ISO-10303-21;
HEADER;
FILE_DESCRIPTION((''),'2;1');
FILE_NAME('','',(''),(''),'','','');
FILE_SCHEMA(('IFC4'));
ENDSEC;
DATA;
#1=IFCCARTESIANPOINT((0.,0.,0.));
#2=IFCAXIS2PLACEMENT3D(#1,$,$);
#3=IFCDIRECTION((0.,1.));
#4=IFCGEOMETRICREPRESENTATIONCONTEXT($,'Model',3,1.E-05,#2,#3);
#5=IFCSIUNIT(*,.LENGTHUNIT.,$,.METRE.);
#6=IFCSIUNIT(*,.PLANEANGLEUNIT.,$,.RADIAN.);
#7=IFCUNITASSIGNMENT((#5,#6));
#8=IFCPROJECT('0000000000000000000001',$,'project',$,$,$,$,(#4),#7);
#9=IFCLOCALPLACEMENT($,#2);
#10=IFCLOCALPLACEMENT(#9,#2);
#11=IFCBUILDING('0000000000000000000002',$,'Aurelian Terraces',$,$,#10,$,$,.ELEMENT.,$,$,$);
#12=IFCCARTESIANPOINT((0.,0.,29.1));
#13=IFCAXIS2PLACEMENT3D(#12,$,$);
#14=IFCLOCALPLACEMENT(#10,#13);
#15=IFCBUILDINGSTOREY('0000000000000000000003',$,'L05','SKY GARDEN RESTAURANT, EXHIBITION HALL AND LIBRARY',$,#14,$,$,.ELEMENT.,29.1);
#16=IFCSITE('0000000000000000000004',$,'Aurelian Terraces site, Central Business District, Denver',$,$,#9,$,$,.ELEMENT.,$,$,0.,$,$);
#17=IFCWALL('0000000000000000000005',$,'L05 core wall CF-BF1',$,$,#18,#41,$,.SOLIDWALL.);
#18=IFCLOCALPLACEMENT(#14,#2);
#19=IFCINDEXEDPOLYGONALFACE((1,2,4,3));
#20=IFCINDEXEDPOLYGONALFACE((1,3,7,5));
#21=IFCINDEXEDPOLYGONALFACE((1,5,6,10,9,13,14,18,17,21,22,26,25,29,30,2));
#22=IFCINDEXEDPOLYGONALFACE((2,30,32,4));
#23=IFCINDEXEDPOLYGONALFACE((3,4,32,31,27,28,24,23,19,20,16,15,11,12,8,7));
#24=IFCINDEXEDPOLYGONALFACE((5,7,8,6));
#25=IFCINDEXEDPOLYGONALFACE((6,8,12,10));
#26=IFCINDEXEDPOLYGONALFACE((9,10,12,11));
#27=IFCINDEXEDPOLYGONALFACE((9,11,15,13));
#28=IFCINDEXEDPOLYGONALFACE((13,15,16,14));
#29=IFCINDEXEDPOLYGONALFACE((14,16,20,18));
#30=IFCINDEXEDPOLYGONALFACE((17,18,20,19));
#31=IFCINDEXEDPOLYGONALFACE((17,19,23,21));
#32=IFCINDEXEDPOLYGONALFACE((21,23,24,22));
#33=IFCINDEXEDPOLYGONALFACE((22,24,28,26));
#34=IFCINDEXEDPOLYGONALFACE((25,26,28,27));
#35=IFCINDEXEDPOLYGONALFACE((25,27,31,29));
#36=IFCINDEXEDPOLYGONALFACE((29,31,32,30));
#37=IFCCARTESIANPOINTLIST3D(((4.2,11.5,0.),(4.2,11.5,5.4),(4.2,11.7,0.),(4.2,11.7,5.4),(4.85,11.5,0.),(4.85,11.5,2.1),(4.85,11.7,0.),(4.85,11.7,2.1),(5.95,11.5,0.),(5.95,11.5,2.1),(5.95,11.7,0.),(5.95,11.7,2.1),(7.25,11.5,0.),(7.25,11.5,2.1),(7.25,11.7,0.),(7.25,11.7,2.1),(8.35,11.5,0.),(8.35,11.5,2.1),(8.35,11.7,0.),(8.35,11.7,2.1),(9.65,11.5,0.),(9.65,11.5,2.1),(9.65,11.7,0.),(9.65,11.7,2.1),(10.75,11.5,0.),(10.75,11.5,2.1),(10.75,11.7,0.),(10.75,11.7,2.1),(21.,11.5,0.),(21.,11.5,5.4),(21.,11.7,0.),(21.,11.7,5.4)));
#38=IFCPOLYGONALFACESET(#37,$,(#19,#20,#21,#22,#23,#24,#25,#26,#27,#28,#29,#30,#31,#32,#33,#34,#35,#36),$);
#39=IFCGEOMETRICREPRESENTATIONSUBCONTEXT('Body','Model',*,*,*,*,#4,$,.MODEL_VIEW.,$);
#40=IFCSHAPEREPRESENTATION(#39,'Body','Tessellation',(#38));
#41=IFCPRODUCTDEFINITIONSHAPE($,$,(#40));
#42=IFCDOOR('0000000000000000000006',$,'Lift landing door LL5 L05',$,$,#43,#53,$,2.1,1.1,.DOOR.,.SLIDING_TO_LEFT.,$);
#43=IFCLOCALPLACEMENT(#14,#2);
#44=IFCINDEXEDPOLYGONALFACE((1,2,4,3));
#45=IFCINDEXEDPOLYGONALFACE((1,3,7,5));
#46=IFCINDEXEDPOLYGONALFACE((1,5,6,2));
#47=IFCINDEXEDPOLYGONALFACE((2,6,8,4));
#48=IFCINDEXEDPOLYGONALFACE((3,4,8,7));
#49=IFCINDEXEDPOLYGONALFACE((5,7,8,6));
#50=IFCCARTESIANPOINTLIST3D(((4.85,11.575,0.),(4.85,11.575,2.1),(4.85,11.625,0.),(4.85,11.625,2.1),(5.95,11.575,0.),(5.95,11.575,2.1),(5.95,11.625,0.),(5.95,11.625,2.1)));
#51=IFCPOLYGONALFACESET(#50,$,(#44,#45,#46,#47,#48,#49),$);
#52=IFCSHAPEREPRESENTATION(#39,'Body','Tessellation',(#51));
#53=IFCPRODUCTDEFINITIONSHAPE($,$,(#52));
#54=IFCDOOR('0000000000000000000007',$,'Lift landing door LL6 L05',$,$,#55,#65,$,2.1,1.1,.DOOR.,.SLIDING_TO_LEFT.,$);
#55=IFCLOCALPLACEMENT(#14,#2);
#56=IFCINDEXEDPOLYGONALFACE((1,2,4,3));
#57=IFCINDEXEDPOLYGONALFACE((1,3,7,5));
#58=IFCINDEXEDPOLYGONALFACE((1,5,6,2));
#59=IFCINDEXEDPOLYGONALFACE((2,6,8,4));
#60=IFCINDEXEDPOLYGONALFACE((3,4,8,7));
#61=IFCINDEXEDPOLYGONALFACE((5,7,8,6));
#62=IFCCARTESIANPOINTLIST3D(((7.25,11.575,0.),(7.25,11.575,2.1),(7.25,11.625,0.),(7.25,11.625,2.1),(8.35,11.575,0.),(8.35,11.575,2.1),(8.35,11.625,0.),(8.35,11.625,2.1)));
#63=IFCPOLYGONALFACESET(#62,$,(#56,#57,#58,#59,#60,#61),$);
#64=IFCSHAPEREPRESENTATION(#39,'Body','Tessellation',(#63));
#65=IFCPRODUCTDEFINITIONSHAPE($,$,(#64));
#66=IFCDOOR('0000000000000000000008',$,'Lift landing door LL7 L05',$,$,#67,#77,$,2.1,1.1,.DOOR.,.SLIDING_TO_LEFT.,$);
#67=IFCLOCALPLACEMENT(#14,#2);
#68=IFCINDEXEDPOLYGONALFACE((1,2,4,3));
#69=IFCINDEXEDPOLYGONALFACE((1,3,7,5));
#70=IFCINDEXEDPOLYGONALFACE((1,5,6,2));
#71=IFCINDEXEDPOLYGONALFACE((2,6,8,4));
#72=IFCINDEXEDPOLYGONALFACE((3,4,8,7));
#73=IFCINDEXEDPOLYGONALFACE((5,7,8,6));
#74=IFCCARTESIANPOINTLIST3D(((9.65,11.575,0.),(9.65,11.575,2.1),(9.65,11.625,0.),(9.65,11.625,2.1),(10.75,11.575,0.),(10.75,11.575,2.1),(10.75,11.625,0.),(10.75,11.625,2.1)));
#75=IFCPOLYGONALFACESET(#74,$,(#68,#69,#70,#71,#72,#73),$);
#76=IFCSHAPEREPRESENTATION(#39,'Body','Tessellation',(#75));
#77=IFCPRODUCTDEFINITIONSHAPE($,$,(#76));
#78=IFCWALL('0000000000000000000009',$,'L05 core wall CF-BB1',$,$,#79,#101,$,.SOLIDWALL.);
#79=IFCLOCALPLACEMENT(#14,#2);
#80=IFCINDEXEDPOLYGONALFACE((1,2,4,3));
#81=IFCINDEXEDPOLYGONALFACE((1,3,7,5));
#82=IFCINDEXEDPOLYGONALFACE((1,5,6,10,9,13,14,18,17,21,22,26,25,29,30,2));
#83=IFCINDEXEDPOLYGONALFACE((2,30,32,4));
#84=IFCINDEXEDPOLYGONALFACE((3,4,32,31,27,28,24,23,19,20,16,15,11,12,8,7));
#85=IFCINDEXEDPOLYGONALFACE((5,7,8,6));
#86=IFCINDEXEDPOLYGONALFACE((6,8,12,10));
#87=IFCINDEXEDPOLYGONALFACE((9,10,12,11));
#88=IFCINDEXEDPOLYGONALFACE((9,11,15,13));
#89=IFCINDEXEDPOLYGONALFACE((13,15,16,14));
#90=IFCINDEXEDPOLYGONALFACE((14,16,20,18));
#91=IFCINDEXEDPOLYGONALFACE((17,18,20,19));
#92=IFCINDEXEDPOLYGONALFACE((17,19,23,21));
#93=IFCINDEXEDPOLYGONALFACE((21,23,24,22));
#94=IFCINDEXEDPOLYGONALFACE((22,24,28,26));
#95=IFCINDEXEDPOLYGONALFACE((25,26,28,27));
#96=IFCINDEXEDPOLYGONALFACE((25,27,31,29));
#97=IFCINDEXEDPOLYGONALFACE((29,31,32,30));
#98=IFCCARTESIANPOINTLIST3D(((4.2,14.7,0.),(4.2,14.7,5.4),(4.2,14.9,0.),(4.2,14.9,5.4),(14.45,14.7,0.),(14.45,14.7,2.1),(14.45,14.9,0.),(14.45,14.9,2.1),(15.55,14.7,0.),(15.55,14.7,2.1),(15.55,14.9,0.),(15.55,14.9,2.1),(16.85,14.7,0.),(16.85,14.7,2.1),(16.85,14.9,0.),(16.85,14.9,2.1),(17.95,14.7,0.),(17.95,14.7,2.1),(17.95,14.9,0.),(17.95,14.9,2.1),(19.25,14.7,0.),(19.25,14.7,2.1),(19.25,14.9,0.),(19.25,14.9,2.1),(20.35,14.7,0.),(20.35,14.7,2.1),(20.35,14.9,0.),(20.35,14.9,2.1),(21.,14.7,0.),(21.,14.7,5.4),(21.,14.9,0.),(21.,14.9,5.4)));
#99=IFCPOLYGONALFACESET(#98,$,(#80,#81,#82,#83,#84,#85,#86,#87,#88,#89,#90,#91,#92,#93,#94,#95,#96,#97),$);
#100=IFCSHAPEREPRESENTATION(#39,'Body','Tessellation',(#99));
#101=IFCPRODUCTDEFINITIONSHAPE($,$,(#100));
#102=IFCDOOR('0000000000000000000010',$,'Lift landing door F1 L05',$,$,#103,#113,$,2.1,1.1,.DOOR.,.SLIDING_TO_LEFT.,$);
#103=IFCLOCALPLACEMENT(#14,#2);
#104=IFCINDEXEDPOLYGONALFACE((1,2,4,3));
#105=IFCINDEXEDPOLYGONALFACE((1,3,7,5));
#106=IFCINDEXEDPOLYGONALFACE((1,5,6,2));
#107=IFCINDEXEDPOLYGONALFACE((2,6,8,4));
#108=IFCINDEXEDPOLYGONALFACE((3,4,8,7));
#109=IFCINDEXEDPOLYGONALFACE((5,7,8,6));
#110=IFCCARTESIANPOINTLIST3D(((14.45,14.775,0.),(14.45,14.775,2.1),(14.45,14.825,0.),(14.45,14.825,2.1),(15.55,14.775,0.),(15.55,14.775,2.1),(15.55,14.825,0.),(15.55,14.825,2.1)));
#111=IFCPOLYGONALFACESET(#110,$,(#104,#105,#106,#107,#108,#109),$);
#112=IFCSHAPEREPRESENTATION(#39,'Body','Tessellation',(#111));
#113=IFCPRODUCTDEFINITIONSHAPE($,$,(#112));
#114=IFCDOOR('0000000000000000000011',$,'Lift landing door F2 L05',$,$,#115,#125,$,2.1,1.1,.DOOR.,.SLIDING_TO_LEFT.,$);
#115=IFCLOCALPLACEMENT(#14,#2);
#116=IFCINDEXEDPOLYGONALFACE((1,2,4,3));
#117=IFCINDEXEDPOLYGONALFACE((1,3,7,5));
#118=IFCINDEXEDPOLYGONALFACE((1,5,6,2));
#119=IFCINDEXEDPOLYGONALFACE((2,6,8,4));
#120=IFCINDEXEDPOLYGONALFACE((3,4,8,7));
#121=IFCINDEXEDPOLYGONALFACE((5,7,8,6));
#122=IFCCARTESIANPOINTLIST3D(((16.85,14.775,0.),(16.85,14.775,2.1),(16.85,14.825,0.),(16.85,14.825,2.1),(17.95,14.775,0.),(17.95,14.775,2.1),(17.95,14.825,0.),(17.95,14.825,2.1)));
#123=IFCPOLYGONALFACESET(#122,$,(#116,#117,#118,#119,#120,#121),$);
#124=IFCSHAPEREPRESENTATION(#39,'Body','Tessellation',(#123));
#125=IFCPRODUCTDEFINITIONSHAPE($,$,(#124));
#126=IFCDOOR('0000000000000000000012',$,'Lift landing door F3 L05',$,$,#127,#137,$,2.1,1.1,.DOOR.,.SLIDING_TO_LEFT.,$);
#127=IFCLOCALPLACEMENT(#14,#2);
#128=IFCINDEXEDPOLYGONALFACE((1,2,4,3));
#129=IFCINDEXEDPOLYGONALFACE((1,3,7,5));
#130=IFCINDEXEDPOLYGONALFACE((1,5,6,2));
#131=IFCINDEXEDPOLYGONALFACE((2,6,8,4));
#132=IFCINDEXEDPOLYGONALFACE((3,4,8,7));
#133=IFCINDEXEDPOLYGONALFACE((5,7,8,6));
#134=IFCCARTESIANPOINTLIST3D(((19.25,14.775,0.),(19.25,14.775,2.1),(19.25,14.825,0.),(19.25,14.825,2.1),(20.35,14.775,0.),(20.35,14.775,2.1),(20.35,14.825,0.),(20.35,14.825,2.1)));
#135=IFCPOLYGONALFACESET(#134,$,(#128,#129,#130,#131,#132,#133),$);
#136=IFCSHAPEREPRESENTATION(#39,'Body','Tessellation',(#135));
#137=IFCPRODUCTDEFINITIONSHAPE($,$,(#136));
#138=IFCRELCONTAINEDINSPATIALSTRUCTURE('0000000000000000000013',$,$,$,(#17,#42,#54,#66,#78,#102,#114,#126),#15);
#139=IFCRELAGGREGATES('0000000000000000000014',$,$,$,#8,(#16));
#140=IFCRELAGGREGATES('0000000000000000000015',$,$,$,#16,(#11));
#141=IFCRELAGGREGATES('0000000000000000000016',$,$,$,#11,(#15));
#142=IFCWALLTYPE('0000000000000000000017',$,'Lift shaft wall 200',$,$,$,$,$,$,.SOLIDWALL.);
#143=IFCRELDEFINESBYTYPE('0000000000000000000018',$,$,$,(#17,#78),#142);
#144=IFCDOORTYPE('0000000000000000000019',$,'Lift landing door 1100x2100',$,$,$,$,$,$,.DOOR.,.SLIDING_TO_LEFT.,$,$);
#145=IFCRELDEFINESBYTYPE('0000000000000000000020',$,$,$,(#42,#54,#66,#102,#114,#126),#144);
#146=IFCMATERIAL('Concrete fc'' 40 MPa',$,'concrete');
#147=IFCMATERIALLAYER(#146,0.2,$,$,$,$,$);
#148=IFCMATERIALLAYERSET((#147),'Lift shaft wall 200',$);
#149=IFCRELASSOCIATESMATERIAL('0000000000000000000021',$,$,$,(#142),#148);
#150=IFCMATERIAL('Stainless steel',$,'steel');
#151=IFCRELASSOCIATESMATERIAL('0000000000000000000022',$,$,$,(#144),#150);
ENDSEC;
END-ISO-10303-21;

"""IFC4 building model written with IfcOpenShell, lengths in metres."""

from ifc_helpers import new_model, si_unit, direction, frame, frame_2d, origin, place, context, subcontext, project, spatial, rectangle, extrude, source, transform, mapped, material, layer, layer_set, type_object, element, fill, save


model = new_model("IFC4")

# Units and contexts
model_context = context("Model", 3, precision=1e-05, world=origin(), true_north=direction((0.0, 1.0)))
body_context = subcontext(model_context, "Body", "Model", "MODEL_VIEW")
ifc_project = project(units=[si_unit("LENGTHUNIT", "METRE"), si_unit("PLANEANGLEUNIT", "RADIAN")], contexts=[model_context])

# Site, building, storey
site_placement = place(None, origin())
site = spatial("IfcSite", under=ifc_project, at=site_placement, Name="Aurelian Terraces site, Central Business District, Denver", CompositionType="ELEMENT", RefElevation=0.0)
building_placement = place(site_placement, origin())
building = spatial("IfcBuilding", under=site, at=building_placement, Name="Aurelian Terraces", CompositionType="ELEMENT")
storey_placement = place(building_placement, frame((0.0, 0.0, 29.1)))
storey = spatial("IfcBuildingStorey", under=building, at=storey_placement, Name="L05", Description="SKY GARDEN RESTAURANT, EXHIBITION HALL AND LIBRARY", CompositionType="ELEMENT", Elevation=29.1)

# Walls, openings, doors
ifc_material_1 = material(Name="Concrete fc' 40 MPa", Category="concrete")
ifc_layer_1 = layer(ifc_material_1, 0.2)
ifc_layer_set_1 = layer_set([ifc_layer_1], Name="Lift shaft wall 200")
wall_type = type_object("IfcWallType", Name="Lift shaft wall 200", PredefinedType="SOLIDWALL", material=ifc_layer_set_1)
shared_shape_1 = source(origin(), body_context, "Body", "SweptSolid", [
    extrude(rectangle(XDim=16.8, YDim=0.2, at=frame_2d((8.4, 0.0))), origin(), (0.0, 0.0, 1.0), 5.4),
])
wall_1_placement = place(storey_placement, frame((4.2, 11.6, 0.0), z_axis=(0.0, 0.0, 1.0), x_axis=(1.0, 0.0, 0.0)))
wall_1 = element("IfcWall", 1, at=wall_1_placement, inside=storey, type_object=wall_type, Name="L05 core wall CF-BF1", PredefinedType="SOLIDWALL", context=body_context, shape_type="MappedRepresentation", body=[
    mapped(shared_shape_1, transform((0.0, 0.0, 0.0), scale=1.0)),
])
shared_shape_2 = source(origin(), body_context, "Body", "SweptSolid", [
    extrude(rectangle(XDim=1.1, YDim=2.1, at=frame_2d((0.55, 1.05))), frame((0.0, 0.11, 0.0), z_axis=(0.0, -1.0, 0.0), x_axis=(1.0, 0.0, 0.0)), (0.0, 0.0, 1.0), 0.22),
])
opening_1_placement = place(wall_1_placement, frame((0.65, 0.0, 0.0)))
opening_1 = element("IfcOpeningElement", 2, at=opening_1_placement, cuts=wall_1, PredefinedType="OPENING", context=body_context, shape_type="MappedRepresentation", body=[
    mapped(shared_shape_2, transform((0.0, 0.0, 0.0), scale=1.0)),
])
opening_2_placement = place(wall_1_placement, frame((3.05, 0.0, 0.0)))
opening_2 = element("IfcOpeningElement", 3, at=opening_2_placement, cuts=wall_1, PredefinedType="OPENING", context=body_context, shape_type="MappedRepresentation", body=[
    mapped(shared_shape_2, transform((0.0, 0.0, 0.0), scale=1.0)),
])
opening_3_placement = place(wall_1_placement, frame((5.45, 0.0, 0.0)))
opening_3 = element("IfcOpeningElement", 4, at=opening_3_placement, cuts=wall_1, PredefinedType="OPENING", context=body_context, shape_type="MappedRepresentation", body=[
    mapped(shared_shape_2, transform((0.0, 0.0, 0.0), scale=1.0)),
])
ifc_material_2 = material(Name="Stainless steel", Category="steel")
door_type = type_object("IfcDoorType", Name="Lift landing door 1100x2100", OperationType="SLIDING_TO_LEFT", PredefinedType="DOOR", material=ifc_material_2)
shared_shape_3 = source(origin(), body_context, "Body", "SweptSolid", [
    extrude(rectangle(XDim=1.1, YDim=2.1, at=frame_2d((0.55, 1.05))), frame((0.0, 0.025, 0.0), z_axis=(0.0, -1.0, 0.0), x_axis=(1.0, 0.0, 0.0)), (0.0, 0.0, 1.0), 0.05),
])
door_1_placement = place(opening_1_placement, origin())
door_1 = element("IfcDoor", 5, at=door_1_placement, inside=storey, type_object=door_type, Name="Lift landing door LL5 L05", OperationType="SLIDING_TO_LEFT", OverallHeight=2.1, OverallWidth=1.1, PredefinedType="DOOR", context=body_context, shape_type="MappedRepresentation", body=[
    mapped(shared_shape_3, transform((0.0, 0.0, 0.0), scale=1.0)),
])
fill(opening_1, door_1)
door_2_placement = place(opening_2_placement, origin())
door_2 = element("IfcDoor", 6, at=door_2_placement, inside=storey, type_object=door_type, Name="Lift landing door LL6 L05", OperationType="SLIDING_TO_LEFT", OverallHeight=2.1, OverallWidth=1.1, PredefinedType="DOOR", context=body_context, shape_type="MappedRepresentation", body=[
    mapped(shared_shape_3, transform((0.0, 0.0, 0.0), scale=1.0)),
])
fill(opening_2, door_2)
door_3_placement = place(opening_3_placement, origin())
door_3 = element("IfcDoor", 7, at=door_3_placement, inside=storey, type_object=door_type, Name="Lift landing door LL7 L05", OperationType="SLIDING_TO_LEFT", OverallHeight=2.1, OverallWidth=1.1, PredefinedType="DOOR", context=body_context, shape_type="MappedRepresentation", body=[
    mapped(shared_shape_3, transform((0.0, 0.0, 0.0), scale=1.0)),
])
fill(opening_3, door_3)
wall_2_placement = place(storey_placement, frame((4.2, 14.8, 0.0), z_axis=(0.0, 0.0, 1.0), x_axis=(1.0, 0.0, 0.0)))
wall_2 = element("IfcWall", 8, at=wall_2_placement, inside=storey, type_object=wall_type, Name="L05 core wall CF-BB1", PredefinedType="SOLIDWALL", context=body_context, shape_type="MappedRepresentation", body=[
    mapped(shared_shape_1, transform((0.0, 0.0, 0.0), scale=1.0)),
])
opening_4_placement = place(wall_2_placement, frame((10.25, 0.0, 0.0)))
opening_4 = element("IfcOpeningElement", 9, at=opening_4_placement, cuts=wall_2, PredefinedType="OPENING", context=body_context, shape_type="MappedRepresentation", body=[
    mapped(shared_shape_2, transform((0.0, 0.0, 0.0), scale=1.0)),
])
opening_5_placement = place(wall_2_placement, frame((12.65, 0.0, 0.0)))
opening_5 = element("IfcOpeningElement", 10, at=opening_5_placement, cuts=wall_2, PredefinedType="OPENING", context=body_context, shape_type="MappedRepresentation", body=[
    mapped(shared_shape_2, transform((0.0, 0.0, 0.0), scale=1.0)),
])
opening_6_placement = place(wall_2_placement, frame((15.05, 0.0, 0.0)))
opening_6 = element("IfcOpeningElement", 11, at=opening_6_placement, cuts=wall_2, PredefinedType="OPENING", context=body_context, shape_type="MappedRepresentation", body=[
    mapped(shared_shape_2, transform((0.0, 0.0, 0.0), scale=1.0)),
])
door_4_placement = place(opening_4_placement, origin())
door_4 = element("IfcDoor", 12, at=door_4_placement, inside=storey, type_object=door_type, Name="Lift landing door F1 L05", OperationType="SLIDING_TO_LEFT", OverallHeight=2.1, OverallWidth=1.1, PredefinedType="DOOR", context=body_context, shape_type="MappedRepresentation", body=[
    mapped(shared_shape_3, transform((0.0, 0.0, 0.0), scale=1.0)),
])
fill(opening_4, door_4)
door_5_placement = place(opening_5_placement, origin())
door_5 = element("IfcDoor", 13, at=door_5_placement, inside=storey, type_object=door_type, Name="Lift landing door F2 L05", OperationType="SLIDING_TO_LEFT", OverallHeight=2.1, OverallWidth=1.1, PredefinedType="DOOR", context=body_context, shape_type="MappedRepresentation", body=[
    mapped(shared_shape_3, transform((0.0, 0.0, 0.0), scale=1.0)),
])
fill(opening_5, door_5)
door_6_placement = place(opening_6_placement, origin())
door_6 = element("IfcDoor", 14, at=door_6_placement, inside=storey, type_object=door_type, Name="Lift landing door F3 L05", OperationType="SLIDING_TO_LEFT", OverallHeight=2.1, OverallWidth=1.1, PredefinedType="DOOR", context=body_context, shape_type="MappedRepresentation", body=[
    mapped(shared_shape_3, transform((0.0, 0.0, 0.0), scale=1.0)),
])
fill(opening_6, door_6)

save(model, "model.ifc")
